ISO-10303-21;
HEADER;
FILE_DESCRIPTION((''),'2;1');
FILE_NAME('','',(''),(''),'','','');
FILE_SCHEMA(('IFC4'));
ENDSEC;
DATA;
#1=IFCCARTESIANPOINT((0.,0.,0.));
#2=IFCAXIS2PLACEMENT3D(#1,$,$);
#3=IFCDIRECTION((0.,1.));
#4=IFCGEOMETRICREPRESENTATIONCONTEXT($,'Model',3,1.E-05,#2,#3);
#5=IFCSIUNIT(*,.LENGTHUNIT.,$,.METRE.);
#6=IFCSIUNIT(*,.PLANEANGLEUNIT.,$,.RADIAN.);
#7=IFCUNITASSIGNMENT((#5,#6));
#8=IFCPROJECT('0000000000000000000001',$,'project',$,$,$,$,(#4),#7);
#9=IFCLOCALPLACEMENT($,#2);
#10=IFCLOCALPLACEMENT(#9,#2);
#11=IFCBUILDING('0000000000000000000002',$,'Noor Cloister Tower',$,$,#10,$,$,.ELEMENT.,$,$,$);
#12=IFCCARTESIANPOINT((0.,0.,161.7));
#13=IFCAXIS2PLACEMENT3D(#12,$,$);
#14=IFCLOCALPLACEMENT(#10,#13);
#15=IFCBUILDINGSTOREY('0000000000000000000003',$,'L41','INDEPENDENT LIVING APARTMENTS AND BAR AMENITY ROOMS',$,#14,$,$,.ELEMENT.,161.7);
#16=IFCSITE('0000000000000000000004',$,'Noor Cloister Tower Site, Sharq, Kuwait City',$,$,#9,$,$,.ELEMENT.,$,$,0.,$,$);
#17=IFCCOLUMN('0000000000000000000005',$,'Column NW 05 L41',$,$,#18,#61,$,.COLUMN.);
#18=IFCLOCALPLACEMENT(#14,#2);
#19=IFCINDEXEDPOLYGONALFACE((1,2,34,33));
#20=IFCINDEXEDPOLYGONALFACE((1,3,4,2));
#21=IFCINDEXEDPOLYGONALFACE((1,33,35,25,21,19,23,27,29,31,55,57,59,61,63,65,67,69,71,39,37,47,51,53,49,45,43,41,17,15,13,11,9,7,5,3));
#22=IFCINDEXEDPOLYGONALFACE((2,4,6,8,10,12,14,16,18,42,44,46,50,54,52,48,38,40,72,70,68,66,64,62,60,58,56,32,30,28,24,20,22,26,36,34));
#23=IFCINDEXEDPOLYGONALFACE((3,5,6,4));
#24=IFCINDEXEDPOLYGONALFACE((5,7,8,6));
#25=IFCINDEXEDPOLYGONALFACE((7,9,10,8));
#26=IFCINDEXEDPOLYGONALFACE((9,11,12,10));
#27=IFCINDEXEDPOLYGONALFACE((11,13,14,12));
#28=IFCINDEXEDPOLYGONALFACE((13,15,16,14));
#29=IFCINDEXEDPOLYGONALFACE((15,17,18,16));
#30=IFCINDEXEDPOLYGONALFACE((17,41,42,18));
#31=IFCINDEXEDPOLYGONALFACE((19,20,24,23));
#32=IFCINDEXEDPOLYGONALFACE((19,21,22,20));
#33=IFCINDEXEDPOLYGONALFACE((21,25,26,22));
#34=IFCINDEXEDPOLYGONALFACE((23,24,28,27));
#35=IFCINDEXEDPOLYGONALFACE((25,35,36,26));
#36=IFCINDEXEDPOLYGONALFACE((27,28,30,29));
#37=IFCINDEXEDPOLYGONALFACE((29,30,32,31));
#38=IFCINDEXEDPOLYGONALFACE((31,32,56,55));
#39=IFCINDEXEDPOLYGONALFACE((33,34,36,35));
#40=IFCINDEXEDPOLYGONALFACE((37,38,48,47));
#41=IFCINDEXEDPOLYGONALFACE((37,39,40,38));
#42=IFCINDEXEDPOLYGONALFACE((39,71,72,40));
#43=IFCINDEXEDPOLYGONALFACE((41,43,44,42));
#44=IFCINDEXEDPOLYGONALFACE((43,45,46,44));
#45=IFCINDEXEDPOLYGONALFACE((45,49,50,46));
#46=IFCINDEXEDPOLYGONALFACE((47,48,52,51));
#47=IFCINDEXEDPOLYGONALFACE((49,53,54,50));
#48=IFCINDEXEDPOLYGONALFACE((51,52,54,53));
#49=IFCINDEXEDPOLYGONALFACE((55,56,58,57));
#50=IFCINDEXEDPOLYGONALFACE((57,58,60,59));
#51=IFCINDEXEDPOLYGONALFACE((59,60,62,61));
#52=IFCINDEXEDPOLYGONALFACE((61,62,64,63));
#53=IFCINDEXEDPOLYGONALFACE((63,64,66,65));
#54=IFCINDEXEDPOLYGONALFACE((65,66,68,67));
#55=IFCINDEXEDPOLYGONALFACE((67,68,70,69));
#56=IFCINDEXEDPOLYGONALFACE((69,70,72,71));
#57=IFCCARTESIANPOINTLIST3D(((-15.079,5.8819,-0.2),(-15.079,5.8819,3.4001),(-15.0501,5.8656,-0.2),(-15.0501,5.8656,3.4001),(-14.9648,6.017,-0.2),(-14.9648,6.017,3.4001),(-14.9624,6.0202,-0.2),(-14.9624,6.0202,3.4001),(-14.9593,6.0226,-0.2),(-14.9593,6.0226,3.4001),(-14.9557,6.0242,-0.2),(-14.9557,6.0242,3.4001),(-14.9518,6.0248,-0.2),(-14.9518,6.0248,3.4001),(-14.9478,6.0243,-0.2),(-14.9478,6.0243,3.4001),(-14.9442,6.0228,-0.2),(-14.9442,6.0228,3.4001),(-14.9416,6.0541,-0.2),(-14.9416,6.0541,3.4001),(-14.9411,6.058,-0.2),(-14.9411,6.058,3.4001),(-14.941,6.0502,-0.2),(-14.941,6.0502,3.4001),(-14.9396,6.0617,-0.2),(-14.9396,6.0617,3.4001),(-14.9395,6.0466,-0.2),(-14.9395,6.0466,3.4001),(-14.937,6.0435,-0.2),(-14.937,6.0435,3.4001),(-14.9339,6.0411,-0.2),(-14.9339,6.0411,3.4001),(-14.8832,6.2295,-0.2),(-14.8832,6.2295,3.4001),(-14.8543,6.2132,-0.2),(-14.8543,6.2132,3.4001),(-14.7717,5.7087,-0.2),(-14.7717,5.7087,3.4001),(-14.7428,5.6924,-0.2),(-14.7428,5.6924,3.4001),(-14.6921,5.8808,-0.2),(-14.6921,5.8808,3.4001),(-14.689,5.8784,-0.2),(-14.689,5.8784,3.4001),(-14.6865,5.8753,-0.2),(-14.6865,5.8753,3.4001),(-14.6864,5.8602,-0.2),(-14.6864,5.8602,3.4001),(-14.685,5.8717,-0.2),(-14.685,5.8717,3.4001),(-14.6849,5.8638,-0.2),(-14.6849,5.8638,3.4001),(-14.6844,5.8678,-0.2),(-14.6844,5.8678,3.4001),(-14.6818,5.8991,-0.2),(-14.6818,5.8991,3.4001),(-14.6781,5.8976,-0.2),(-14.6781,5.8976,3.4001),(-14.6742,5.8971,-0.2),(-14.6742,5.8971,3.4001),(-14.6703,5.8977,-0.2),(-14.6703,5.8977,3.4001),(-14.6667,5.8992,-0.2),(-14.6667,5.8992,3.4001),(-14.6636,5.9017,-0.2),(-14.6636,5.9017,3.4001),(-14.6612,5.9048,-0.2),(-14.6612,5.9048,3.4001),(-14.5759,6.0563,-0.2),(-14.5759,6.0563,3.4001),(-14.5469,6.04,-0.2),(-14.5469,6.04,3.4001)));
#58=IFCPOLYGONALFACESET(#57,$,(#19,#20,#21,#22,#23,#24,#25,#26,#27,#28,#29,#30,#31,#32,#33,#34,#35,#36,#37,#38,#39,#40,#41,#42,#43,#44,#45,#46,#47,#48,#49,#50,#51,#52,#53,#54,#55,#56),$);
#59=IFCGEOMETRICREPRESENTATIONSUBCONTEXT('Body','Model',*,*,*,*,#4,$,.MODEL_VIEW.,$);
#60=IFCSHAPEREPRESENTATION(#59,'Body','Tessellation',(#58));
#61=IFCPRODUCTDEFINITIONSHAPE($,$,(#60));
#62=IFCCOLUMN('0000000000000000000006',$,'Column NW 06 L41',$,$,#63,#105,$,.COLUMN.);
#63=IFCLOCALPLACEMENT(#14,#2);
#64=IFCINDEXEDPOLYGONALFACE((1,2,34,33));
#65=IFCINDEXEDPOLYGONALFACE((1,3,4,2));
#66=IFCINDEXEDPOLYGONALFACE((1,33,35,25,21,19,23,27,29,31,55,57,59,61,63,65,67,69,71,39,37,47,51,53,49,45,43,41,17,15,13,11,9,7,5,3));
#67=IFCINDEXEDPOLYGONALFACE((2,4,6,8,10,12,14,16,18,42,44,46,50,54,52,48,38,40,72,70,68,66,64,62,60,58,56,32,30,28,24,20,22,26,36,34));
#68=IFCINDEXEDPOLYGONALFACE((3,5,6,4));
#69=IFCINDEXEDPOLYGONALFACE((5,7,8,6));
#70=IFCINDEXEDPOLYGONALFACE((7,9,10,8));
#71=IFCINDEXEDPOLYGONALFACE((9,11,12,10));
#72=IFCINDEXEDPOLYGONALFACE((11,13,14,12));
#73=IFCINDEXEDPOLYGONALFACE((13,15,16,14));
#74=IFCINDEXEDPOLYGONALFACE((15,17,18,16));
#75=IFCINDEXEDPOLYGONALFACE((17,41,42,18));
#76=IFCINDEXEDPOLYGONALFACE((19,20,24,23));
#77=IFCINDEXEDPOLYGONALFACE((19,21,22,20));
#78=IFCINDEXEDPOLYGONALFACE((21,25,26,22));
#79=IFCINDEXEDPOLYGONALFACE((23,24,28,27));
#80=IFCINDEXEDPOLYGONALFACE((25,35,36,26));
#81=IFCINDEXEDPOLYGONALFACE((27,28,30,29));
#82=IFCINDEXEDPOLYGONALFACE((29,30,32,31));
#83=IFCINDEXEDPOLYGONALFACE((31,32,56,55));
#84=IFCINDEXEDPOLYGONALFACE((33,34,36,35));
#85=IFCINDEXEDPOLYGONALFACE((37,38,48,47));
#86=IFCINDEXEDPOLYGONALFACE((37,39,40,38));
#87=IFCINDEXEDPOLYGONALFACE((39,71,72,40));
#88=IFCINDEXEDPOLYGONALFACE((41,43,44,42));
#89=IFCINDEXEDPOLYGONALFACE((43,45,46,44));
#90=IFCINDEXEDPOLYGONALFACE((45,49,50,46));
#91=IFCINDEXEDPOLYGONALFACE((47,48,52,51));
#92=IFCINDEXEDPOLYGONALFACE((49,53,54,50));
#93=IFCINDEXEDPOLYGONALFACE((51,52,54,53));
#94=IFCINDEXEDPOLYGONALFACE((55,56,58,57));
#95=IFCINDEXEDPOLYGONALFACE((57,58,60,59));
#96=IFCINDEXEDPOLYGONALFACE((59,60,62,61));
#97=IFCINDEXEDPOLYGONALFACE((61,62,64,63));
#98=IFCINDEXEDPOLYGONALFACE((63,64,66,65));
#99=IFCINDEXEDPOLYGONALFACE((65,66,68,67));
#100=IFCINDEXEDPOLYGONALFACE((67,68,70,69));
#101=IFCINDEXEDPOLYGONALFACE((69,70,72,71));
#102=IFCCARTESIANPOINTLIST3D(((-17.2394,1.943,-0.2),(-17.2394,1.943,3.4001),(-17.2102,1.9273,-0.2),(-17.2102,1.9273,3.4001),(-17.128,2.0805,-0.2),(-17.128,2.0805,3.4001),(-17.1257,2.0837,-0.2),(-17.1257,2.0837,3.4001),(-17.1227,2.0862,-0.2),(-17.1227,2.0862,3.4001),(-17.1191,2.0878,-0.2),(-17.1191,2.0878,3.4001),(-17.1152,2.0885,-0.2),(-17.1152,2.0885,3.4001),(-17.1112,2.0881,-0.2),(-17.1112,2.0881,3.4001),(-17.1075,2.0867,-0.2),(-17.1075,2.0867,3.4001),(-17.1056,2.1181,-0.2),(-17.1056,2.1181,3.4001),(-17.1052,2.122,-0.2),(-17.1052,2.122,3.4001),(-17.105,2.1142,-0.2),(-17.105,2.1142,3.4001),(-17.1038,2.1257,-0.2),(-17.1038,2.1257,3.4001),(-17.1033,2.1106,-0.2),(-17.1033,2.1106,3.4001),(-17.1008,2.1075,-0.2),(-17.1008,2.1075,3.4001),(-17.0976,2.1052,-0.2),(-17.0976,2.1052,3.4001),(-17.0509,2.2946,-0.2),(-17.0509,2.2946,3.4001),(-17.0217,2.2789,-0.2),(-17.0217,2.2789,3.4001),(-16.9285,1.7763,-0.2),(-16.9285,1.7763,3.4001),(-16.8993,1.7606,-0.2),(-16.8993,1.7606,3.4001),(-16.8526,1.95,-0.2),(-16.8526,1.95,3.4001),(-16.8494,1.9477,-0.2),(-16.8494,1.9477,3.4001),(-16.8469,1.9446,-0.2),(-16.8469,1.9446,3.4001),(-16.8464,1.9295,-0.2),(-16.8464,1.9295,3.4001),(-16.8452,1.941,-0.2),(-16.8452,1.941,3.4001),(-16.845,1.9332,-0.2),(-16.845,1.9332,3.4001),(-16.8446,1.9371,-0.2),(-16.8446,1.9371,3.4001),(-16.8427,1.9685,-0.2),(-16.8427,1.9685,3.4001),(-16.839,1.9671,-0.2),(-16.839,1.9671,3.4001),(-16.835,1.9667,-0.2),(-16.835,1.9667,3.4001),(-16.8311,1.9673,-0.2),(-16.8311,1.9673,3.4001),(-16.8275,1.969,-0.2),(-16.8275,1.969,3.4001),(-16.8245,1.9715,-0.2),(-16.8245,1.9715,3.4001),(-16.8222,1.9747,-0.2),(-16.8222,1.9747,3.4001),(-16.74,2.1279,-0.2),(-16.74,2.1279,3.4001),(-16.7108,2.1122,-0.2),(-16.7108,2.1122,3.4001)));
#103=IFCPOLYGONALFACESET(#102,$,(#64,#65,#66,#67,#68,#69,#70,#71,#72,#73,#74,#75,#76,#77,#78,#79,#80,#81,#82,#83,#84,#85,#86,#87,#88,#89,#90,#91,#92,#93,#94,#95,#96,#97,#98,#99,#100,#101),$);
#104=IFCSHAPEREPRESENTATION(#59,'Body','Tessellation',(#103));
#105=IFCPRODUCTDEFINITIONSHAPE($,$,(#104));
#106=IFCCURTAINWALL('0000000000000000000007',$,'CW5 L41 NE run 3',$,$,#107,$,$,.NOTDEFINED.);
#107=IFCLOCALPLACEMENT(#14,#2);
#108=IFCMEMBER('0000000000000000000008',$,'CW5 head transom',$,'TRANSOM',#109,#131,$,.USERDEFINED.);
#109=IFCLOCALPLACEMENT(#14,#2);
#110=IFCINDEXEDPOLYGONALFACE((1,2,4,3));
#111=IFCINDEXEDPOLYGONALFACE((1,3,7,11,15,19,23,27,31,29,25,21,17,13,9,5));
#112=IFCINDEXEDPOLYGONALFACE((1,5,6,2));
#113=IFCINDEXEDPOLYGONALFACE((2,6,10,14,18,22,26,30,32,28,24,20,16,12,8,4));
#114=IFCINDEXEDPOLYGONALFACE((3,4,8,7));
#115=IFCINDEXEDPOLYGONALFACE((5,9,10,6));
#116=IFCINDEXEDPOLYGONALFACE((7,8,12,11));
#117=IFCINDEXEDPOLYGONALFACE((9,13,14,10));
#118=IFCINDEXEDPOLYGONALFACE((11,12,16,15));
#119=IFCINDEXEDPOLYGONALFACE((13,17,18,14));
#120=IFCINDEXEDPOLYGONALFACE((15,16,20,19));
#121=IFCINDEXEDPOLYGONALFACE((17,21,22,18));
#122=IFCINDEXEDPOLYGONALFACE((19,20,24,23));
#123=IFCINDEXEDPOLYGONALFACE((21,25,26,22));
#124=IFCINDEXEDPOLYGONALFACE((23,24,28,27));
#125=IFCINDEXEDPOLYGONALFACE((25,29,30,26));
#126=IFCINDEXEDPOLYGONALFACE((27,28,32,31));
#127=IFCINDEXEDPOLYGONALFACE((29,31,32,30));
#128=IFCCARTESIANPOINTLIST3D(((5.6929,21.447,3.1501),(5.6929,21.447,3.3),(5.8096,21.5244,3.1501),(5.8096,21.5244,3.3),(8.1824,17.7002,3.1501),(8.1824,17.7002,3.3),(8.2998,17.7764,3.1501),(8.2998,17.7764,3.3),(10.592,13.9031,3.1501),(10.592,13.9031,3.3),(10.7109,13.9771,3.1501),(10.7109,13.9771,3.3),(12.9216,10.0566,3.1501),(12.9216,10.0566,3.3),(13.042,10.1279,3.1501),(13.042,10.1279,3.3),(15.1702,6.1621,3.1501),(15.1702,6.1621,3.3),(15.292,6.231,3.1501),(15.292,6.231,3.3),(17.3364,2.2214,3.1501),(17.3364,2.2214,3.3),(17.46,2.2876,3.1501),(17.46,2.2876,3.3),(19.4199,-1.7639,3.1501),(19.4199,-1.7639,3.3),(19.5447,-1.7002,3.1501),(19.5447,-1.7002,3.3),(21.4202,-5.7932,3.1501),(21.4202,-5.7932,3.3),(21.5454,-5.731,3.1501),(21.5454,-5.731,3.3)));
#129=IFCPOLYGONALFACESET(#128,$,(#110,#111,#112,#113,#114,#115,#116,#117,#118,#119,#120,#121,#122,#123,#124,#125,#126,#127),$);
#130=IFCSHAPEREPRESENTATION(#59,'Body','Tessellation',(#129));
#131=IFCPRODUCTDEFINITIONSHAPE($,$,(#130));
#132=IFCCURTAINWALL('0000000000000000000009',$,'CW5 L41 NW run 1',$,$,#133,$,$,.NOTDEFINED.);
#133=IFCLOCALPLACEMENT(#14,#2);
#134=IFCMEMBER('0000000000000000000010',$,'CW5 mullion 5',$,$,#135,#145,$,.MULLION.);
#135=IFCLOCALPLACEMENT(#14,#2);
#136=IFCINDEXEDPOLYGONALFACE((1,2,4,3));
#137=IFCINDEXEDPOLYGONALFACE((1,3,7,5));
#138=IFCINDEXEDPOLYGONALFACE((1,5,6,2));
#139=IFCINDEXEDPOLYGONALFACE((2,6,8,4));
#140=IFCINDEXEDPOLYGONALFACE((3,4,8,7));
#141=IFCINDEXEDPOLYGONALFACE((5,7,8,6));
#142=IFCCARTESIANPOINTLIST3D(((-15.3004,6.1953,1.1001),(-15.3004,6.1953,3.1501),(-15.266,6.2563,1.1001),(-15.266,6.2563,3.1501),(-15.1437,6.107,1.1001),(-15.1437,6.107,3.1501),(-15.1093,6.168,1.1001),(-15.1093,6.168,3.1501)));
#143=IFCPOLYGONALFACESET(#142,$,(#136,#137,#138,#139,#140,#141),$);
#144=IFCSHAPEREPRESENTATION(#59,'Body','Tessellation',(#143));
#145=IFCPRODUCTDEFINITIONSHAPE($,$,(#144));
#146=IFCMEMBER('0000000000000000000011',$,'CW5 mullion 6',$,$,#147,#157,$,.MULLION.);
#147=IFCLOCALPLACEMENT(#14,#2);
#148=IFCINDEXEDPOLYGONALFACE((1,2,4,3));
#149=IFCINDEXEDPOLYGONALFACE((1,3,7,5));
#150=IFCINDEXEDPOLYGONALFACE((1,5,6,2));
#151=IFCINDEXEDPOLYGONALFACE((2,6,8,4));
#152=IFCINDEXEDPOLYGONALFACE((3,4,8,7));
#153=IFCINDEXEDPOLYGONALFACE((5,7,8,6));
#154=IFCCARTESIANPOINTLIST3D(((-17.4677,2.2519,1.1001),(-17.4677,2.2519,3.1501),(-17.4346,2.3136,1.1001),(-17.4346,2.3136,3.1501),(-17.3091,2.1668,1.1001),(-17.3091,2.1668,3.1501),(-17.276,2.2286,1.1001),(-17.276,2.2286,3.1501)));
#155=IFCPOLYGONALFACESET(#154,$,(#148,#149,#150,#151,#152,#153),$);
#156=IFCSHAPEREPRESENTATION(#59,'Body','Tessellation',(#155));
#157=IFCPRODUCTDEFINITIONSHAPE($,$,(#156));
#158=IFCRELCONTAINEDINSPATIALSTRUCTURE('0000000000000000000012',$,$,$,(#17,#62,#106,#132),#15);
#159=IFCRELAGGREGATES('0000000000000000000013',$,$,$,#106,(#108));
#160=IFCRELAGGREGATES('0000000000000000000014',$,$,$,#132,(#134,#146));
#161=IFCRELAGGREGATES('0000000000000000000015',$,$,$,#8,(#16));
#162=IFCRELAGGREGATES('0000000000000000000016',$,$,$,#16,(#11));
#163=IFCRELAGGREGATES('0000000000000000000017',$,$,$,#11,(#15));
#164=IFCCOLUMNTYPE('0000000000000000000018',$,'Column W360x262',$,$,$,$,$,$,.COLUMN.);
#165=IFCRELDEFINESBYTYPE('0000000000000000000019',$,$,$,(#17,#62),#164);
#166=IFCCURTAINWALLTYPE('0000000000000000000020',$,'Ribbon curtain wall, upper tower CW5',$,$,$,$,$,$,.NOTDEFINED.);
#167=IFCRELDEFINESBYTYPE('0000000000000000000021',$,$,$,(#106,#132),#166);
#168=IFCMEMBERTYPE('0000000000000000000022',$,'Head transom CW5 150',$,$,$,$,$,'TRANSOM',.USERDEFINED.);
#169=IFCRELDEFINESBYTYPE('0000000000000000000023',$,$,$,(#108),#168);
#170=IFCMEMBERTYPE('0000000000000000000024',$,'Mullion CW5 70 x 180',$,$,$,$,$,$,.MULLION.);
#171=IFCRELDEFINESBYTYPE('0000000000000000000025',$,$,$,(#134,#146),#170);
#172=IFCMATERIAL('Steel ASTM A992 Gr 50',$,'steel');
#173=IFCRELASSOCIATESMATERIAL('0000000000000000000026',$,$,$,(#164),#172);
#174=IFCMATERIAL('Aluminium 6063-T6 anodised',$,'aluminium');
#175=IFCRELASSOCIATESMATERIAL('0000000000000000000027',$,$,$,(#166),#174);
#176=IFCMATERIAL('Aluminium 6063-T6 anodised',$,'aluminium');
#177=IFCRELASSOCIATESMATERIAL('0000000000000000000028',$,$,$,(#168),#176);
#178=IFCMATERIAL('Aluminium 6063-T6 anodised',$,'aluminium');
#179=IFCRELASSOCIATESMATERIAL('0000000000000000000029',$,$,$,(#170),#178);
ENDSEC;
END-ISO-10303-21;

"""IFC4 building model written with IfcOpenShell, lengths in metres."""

from ifc_helpers import new_model, si_unit, direction, frame, origin, origin_2d, place, context, subcontext, project, spatial, polyline, rectangle, i_section, outline, extrude, material, material_profile, profile_set, type_object, element, aggregate, save


model = new_model("IFC4")

# Units and contexts
model_context = context("Model", 3, precision=1e-05, world=origin(), true_north=direction((0.0, 1.0)))
body_context = subcontext(model_context, "Body", "Model", "MODEL_VIEW")
ifc_project = project(units=[si_unit("LENGTHUNIT", "METRE"), si_unit("PLANEANGLEUNIT", "RADIAN")], contexts=[model_context])

# Site, building, storey
site_placement = place(None, origin())
site = spatial("IfcSite", under=ifc_project, at=site_placement, Name="Noor Cloister Tower Site, Sharq, Kuwait City", CompositionType="ELEMENT", RefElevation=0.0)
building_placement = place(site_placement, origin())
building = spatial("IfcBuilding", under=site, at=building_placement, Name="Noor Cloister Tower", CompositionType="ELEMENT")
storey_placement = place(building_placement, frame((0.0, 0.0, 161.7)))
storey = spatial("IfcBuildingStorey", under=building, at=storey_placement, Name="L41", Description="INDEPENDENT LIVING APARTMENTS AND BAR AMENITY ROOMS", CompositionType="ELEMENT", Elevation=161.7)

# Columns
ifc_material_1 = material(Name="Steel ASTM A992 Gr 50", Category="steel")
ifc_material_profile_1 = material_profile(ifc_material_1, i_section(OverallWidth=0.3989, OverallDepth=0.386, WebThickness=0.021, FlangeThickness=0.0332, FilletRadius=0.0151, at=origin_2d()), Name="W360x262")
ifc_profile_set_1 = profile_set([ifc_material_profile_1], Name="Steel ASTM A992 Gr 50")
column_type = type_object("IfcColumnType", Name="Column W360x262", PredefinedType="COLUMN", material=ifc_profile_set_1)
for number, where, z_axis, x_axis, name in (
    (1, (-14.813, 5.9609, -0.2), (0.0, 0.0, 1.0), (-0.490903, -0.871214, 0.0), "Column NW 05 L41"),
    (2, (-16.9751, 2.0276, -0.2), (0.0, 0.0, 1.0), (-0.472548, -0.881305, 0.0), "Column NW 06 L41"),
):
    element("IfcColumn", number, at=place(storey_placement, frame(where, z_axis=z_axis, x_axis=x_axis)), inside=storey, type_object=column_type, Name=name, PredefinedType="COLUMN", context=body_context, shape_type="SweptSolid", body=[
        extrude(i_section(OverallWidth=0.3989, OverallDepth=0.386, WebThickness=0.021, FlangeThickness=0.0332, FilletRadius=0.0151, at=origin_2d()), origin(), (0.0, 0.0, 1.0), 3.6001),
    ])

# Curtain wall, member
ifc_material_2 = material(Name="Aluminium 6063-T6 anodised", Category="aluminium")
curtain_wall_type = type_object("IfcCurtainWallType", Name="Ribbon curtain wall, upper tower CW5", PredefinedType="NOTDEFINED", material=ifc_material_2)
curtain_wall_1_placement = place(storey_placement, origin())
curtain_wall_1 = element("IfcCurtainWall", 3, at=curtain_wall_1_placement, inside=storey, type_object=curtain_wall_type, Name="CW5 L41 NE run 3", PredefinedType="NOTDEFINED")
ifc_material_3 = material(Name="Aluminium 6063-T6 anodised", Category="aluminium")
member_type_1 = type_object("IfcMemberType", Name="Head transom CW5 150", ElementType="TRANSOM", PredefinedType="USERDEFINED", material=ifc_material_3)
member_1_placement = place(storey_placement, frame((0.0, 0.0, 3.1501)))
member_1 = element("IfcMember", 4, at=member_1_placement, type_object=member_type_1, Name="CW5 head transom", ObjectType="TRANSOM", PredefinedType="USERDEFINED", context=body_context, shape_type="SweptSolid", body=[
    extrude(outline(polyline([(21.5454, -5.731), (19.5447, -1.7002), (17.46, 2.2876), (15.292, 6.231), (13.042, 10.1279), (10.7109, 13.9771), (8.2998, 17.7764), (5.8096, 21.5244), (5.6929, 21.447), (8.1824, 17.7002), (10.592, 13.9031), (12.9216, 10.0566), (15.1702, 6.1621), (17.3364, 2.2214), (19.4199, -1.7639), (21.4202, -5.7932), (21.5454, -5.731)])), origin(), (0.0, 0.0, 1.0), 0.1499),
])
aggregate(curtain_wall_1, [member_1])

# Curtain wall, members
curtain_wall_2_placement = place(storey_placement, origin())
curtain_wall_2 = element("IfcCurtainWall", 5, at=curtain_wall_2_placement, inside=storey, type_object=curtain_wall_type, Name="CW5 L41 NW run 1", PredefinedType="NOTDEFINED")
ifc_material_4 = material(Name="Aluminium 6063-T6 anodised", Category="aluminium")
ifc_material_profile_2 = material_profile(ifc_material_4, rectangle(XDim=0.1799, YDim=0.0701, at=origin_2d()), Name="180 x 70 mullion")
ifc_profile_set_2 = profile_set([ifc_material_profile_2], Name="Aluminium 6063-T6 anodised")
member_type_2 = type_object("IfcMemberType", Name="Mullion CW5 70 x 180", PredefinedType="MULLION", material=ifc_profile_set_2)
member_2_placement = place(storey_placement, frame((-15.2048, 6.1816, 1.1001), z_axis=(0.0, 0.0, 1.0), x_axis=(0.871214, -0.490903, 0.0)))
member_2 = element("IfcMember", 6, at=member_2_placement, type_object=member_type_2, Name="CW5 mullion 5", PredefinedType="MULLION", context=body_context, shape_type="SweptSolid", body=[
    extrude(rectangle(XDim=0.1799, YDim=0.0701, at=origin_2d()), origin(), (0.0, 0.0, 1.0), 2.05),
])
member_3_placement = place(storey_placement, frame((-17.3718, 2.2402, 1.1001), z_axis=(0.0, 0.0, 1.0), x_axis=(0.881305, -0.472548, 0.0)))
member_3 = element("IfcMember", 7, at=member_3_placement, type_object=member_type_2, Name="CW5 mullion 6", PredefinedType="MULLION", context=body_context, shape_type="SweptSolid", body=[
    extrude(rectangle(XDim=0.1799, YDim=0.0701, at=origin_2d()), origin(), (0.0, 0.0, 1.0), 2.05),
])

aggregate(curtain_wall_2, [member_2, member_3])

save(model, "model.ifc")
